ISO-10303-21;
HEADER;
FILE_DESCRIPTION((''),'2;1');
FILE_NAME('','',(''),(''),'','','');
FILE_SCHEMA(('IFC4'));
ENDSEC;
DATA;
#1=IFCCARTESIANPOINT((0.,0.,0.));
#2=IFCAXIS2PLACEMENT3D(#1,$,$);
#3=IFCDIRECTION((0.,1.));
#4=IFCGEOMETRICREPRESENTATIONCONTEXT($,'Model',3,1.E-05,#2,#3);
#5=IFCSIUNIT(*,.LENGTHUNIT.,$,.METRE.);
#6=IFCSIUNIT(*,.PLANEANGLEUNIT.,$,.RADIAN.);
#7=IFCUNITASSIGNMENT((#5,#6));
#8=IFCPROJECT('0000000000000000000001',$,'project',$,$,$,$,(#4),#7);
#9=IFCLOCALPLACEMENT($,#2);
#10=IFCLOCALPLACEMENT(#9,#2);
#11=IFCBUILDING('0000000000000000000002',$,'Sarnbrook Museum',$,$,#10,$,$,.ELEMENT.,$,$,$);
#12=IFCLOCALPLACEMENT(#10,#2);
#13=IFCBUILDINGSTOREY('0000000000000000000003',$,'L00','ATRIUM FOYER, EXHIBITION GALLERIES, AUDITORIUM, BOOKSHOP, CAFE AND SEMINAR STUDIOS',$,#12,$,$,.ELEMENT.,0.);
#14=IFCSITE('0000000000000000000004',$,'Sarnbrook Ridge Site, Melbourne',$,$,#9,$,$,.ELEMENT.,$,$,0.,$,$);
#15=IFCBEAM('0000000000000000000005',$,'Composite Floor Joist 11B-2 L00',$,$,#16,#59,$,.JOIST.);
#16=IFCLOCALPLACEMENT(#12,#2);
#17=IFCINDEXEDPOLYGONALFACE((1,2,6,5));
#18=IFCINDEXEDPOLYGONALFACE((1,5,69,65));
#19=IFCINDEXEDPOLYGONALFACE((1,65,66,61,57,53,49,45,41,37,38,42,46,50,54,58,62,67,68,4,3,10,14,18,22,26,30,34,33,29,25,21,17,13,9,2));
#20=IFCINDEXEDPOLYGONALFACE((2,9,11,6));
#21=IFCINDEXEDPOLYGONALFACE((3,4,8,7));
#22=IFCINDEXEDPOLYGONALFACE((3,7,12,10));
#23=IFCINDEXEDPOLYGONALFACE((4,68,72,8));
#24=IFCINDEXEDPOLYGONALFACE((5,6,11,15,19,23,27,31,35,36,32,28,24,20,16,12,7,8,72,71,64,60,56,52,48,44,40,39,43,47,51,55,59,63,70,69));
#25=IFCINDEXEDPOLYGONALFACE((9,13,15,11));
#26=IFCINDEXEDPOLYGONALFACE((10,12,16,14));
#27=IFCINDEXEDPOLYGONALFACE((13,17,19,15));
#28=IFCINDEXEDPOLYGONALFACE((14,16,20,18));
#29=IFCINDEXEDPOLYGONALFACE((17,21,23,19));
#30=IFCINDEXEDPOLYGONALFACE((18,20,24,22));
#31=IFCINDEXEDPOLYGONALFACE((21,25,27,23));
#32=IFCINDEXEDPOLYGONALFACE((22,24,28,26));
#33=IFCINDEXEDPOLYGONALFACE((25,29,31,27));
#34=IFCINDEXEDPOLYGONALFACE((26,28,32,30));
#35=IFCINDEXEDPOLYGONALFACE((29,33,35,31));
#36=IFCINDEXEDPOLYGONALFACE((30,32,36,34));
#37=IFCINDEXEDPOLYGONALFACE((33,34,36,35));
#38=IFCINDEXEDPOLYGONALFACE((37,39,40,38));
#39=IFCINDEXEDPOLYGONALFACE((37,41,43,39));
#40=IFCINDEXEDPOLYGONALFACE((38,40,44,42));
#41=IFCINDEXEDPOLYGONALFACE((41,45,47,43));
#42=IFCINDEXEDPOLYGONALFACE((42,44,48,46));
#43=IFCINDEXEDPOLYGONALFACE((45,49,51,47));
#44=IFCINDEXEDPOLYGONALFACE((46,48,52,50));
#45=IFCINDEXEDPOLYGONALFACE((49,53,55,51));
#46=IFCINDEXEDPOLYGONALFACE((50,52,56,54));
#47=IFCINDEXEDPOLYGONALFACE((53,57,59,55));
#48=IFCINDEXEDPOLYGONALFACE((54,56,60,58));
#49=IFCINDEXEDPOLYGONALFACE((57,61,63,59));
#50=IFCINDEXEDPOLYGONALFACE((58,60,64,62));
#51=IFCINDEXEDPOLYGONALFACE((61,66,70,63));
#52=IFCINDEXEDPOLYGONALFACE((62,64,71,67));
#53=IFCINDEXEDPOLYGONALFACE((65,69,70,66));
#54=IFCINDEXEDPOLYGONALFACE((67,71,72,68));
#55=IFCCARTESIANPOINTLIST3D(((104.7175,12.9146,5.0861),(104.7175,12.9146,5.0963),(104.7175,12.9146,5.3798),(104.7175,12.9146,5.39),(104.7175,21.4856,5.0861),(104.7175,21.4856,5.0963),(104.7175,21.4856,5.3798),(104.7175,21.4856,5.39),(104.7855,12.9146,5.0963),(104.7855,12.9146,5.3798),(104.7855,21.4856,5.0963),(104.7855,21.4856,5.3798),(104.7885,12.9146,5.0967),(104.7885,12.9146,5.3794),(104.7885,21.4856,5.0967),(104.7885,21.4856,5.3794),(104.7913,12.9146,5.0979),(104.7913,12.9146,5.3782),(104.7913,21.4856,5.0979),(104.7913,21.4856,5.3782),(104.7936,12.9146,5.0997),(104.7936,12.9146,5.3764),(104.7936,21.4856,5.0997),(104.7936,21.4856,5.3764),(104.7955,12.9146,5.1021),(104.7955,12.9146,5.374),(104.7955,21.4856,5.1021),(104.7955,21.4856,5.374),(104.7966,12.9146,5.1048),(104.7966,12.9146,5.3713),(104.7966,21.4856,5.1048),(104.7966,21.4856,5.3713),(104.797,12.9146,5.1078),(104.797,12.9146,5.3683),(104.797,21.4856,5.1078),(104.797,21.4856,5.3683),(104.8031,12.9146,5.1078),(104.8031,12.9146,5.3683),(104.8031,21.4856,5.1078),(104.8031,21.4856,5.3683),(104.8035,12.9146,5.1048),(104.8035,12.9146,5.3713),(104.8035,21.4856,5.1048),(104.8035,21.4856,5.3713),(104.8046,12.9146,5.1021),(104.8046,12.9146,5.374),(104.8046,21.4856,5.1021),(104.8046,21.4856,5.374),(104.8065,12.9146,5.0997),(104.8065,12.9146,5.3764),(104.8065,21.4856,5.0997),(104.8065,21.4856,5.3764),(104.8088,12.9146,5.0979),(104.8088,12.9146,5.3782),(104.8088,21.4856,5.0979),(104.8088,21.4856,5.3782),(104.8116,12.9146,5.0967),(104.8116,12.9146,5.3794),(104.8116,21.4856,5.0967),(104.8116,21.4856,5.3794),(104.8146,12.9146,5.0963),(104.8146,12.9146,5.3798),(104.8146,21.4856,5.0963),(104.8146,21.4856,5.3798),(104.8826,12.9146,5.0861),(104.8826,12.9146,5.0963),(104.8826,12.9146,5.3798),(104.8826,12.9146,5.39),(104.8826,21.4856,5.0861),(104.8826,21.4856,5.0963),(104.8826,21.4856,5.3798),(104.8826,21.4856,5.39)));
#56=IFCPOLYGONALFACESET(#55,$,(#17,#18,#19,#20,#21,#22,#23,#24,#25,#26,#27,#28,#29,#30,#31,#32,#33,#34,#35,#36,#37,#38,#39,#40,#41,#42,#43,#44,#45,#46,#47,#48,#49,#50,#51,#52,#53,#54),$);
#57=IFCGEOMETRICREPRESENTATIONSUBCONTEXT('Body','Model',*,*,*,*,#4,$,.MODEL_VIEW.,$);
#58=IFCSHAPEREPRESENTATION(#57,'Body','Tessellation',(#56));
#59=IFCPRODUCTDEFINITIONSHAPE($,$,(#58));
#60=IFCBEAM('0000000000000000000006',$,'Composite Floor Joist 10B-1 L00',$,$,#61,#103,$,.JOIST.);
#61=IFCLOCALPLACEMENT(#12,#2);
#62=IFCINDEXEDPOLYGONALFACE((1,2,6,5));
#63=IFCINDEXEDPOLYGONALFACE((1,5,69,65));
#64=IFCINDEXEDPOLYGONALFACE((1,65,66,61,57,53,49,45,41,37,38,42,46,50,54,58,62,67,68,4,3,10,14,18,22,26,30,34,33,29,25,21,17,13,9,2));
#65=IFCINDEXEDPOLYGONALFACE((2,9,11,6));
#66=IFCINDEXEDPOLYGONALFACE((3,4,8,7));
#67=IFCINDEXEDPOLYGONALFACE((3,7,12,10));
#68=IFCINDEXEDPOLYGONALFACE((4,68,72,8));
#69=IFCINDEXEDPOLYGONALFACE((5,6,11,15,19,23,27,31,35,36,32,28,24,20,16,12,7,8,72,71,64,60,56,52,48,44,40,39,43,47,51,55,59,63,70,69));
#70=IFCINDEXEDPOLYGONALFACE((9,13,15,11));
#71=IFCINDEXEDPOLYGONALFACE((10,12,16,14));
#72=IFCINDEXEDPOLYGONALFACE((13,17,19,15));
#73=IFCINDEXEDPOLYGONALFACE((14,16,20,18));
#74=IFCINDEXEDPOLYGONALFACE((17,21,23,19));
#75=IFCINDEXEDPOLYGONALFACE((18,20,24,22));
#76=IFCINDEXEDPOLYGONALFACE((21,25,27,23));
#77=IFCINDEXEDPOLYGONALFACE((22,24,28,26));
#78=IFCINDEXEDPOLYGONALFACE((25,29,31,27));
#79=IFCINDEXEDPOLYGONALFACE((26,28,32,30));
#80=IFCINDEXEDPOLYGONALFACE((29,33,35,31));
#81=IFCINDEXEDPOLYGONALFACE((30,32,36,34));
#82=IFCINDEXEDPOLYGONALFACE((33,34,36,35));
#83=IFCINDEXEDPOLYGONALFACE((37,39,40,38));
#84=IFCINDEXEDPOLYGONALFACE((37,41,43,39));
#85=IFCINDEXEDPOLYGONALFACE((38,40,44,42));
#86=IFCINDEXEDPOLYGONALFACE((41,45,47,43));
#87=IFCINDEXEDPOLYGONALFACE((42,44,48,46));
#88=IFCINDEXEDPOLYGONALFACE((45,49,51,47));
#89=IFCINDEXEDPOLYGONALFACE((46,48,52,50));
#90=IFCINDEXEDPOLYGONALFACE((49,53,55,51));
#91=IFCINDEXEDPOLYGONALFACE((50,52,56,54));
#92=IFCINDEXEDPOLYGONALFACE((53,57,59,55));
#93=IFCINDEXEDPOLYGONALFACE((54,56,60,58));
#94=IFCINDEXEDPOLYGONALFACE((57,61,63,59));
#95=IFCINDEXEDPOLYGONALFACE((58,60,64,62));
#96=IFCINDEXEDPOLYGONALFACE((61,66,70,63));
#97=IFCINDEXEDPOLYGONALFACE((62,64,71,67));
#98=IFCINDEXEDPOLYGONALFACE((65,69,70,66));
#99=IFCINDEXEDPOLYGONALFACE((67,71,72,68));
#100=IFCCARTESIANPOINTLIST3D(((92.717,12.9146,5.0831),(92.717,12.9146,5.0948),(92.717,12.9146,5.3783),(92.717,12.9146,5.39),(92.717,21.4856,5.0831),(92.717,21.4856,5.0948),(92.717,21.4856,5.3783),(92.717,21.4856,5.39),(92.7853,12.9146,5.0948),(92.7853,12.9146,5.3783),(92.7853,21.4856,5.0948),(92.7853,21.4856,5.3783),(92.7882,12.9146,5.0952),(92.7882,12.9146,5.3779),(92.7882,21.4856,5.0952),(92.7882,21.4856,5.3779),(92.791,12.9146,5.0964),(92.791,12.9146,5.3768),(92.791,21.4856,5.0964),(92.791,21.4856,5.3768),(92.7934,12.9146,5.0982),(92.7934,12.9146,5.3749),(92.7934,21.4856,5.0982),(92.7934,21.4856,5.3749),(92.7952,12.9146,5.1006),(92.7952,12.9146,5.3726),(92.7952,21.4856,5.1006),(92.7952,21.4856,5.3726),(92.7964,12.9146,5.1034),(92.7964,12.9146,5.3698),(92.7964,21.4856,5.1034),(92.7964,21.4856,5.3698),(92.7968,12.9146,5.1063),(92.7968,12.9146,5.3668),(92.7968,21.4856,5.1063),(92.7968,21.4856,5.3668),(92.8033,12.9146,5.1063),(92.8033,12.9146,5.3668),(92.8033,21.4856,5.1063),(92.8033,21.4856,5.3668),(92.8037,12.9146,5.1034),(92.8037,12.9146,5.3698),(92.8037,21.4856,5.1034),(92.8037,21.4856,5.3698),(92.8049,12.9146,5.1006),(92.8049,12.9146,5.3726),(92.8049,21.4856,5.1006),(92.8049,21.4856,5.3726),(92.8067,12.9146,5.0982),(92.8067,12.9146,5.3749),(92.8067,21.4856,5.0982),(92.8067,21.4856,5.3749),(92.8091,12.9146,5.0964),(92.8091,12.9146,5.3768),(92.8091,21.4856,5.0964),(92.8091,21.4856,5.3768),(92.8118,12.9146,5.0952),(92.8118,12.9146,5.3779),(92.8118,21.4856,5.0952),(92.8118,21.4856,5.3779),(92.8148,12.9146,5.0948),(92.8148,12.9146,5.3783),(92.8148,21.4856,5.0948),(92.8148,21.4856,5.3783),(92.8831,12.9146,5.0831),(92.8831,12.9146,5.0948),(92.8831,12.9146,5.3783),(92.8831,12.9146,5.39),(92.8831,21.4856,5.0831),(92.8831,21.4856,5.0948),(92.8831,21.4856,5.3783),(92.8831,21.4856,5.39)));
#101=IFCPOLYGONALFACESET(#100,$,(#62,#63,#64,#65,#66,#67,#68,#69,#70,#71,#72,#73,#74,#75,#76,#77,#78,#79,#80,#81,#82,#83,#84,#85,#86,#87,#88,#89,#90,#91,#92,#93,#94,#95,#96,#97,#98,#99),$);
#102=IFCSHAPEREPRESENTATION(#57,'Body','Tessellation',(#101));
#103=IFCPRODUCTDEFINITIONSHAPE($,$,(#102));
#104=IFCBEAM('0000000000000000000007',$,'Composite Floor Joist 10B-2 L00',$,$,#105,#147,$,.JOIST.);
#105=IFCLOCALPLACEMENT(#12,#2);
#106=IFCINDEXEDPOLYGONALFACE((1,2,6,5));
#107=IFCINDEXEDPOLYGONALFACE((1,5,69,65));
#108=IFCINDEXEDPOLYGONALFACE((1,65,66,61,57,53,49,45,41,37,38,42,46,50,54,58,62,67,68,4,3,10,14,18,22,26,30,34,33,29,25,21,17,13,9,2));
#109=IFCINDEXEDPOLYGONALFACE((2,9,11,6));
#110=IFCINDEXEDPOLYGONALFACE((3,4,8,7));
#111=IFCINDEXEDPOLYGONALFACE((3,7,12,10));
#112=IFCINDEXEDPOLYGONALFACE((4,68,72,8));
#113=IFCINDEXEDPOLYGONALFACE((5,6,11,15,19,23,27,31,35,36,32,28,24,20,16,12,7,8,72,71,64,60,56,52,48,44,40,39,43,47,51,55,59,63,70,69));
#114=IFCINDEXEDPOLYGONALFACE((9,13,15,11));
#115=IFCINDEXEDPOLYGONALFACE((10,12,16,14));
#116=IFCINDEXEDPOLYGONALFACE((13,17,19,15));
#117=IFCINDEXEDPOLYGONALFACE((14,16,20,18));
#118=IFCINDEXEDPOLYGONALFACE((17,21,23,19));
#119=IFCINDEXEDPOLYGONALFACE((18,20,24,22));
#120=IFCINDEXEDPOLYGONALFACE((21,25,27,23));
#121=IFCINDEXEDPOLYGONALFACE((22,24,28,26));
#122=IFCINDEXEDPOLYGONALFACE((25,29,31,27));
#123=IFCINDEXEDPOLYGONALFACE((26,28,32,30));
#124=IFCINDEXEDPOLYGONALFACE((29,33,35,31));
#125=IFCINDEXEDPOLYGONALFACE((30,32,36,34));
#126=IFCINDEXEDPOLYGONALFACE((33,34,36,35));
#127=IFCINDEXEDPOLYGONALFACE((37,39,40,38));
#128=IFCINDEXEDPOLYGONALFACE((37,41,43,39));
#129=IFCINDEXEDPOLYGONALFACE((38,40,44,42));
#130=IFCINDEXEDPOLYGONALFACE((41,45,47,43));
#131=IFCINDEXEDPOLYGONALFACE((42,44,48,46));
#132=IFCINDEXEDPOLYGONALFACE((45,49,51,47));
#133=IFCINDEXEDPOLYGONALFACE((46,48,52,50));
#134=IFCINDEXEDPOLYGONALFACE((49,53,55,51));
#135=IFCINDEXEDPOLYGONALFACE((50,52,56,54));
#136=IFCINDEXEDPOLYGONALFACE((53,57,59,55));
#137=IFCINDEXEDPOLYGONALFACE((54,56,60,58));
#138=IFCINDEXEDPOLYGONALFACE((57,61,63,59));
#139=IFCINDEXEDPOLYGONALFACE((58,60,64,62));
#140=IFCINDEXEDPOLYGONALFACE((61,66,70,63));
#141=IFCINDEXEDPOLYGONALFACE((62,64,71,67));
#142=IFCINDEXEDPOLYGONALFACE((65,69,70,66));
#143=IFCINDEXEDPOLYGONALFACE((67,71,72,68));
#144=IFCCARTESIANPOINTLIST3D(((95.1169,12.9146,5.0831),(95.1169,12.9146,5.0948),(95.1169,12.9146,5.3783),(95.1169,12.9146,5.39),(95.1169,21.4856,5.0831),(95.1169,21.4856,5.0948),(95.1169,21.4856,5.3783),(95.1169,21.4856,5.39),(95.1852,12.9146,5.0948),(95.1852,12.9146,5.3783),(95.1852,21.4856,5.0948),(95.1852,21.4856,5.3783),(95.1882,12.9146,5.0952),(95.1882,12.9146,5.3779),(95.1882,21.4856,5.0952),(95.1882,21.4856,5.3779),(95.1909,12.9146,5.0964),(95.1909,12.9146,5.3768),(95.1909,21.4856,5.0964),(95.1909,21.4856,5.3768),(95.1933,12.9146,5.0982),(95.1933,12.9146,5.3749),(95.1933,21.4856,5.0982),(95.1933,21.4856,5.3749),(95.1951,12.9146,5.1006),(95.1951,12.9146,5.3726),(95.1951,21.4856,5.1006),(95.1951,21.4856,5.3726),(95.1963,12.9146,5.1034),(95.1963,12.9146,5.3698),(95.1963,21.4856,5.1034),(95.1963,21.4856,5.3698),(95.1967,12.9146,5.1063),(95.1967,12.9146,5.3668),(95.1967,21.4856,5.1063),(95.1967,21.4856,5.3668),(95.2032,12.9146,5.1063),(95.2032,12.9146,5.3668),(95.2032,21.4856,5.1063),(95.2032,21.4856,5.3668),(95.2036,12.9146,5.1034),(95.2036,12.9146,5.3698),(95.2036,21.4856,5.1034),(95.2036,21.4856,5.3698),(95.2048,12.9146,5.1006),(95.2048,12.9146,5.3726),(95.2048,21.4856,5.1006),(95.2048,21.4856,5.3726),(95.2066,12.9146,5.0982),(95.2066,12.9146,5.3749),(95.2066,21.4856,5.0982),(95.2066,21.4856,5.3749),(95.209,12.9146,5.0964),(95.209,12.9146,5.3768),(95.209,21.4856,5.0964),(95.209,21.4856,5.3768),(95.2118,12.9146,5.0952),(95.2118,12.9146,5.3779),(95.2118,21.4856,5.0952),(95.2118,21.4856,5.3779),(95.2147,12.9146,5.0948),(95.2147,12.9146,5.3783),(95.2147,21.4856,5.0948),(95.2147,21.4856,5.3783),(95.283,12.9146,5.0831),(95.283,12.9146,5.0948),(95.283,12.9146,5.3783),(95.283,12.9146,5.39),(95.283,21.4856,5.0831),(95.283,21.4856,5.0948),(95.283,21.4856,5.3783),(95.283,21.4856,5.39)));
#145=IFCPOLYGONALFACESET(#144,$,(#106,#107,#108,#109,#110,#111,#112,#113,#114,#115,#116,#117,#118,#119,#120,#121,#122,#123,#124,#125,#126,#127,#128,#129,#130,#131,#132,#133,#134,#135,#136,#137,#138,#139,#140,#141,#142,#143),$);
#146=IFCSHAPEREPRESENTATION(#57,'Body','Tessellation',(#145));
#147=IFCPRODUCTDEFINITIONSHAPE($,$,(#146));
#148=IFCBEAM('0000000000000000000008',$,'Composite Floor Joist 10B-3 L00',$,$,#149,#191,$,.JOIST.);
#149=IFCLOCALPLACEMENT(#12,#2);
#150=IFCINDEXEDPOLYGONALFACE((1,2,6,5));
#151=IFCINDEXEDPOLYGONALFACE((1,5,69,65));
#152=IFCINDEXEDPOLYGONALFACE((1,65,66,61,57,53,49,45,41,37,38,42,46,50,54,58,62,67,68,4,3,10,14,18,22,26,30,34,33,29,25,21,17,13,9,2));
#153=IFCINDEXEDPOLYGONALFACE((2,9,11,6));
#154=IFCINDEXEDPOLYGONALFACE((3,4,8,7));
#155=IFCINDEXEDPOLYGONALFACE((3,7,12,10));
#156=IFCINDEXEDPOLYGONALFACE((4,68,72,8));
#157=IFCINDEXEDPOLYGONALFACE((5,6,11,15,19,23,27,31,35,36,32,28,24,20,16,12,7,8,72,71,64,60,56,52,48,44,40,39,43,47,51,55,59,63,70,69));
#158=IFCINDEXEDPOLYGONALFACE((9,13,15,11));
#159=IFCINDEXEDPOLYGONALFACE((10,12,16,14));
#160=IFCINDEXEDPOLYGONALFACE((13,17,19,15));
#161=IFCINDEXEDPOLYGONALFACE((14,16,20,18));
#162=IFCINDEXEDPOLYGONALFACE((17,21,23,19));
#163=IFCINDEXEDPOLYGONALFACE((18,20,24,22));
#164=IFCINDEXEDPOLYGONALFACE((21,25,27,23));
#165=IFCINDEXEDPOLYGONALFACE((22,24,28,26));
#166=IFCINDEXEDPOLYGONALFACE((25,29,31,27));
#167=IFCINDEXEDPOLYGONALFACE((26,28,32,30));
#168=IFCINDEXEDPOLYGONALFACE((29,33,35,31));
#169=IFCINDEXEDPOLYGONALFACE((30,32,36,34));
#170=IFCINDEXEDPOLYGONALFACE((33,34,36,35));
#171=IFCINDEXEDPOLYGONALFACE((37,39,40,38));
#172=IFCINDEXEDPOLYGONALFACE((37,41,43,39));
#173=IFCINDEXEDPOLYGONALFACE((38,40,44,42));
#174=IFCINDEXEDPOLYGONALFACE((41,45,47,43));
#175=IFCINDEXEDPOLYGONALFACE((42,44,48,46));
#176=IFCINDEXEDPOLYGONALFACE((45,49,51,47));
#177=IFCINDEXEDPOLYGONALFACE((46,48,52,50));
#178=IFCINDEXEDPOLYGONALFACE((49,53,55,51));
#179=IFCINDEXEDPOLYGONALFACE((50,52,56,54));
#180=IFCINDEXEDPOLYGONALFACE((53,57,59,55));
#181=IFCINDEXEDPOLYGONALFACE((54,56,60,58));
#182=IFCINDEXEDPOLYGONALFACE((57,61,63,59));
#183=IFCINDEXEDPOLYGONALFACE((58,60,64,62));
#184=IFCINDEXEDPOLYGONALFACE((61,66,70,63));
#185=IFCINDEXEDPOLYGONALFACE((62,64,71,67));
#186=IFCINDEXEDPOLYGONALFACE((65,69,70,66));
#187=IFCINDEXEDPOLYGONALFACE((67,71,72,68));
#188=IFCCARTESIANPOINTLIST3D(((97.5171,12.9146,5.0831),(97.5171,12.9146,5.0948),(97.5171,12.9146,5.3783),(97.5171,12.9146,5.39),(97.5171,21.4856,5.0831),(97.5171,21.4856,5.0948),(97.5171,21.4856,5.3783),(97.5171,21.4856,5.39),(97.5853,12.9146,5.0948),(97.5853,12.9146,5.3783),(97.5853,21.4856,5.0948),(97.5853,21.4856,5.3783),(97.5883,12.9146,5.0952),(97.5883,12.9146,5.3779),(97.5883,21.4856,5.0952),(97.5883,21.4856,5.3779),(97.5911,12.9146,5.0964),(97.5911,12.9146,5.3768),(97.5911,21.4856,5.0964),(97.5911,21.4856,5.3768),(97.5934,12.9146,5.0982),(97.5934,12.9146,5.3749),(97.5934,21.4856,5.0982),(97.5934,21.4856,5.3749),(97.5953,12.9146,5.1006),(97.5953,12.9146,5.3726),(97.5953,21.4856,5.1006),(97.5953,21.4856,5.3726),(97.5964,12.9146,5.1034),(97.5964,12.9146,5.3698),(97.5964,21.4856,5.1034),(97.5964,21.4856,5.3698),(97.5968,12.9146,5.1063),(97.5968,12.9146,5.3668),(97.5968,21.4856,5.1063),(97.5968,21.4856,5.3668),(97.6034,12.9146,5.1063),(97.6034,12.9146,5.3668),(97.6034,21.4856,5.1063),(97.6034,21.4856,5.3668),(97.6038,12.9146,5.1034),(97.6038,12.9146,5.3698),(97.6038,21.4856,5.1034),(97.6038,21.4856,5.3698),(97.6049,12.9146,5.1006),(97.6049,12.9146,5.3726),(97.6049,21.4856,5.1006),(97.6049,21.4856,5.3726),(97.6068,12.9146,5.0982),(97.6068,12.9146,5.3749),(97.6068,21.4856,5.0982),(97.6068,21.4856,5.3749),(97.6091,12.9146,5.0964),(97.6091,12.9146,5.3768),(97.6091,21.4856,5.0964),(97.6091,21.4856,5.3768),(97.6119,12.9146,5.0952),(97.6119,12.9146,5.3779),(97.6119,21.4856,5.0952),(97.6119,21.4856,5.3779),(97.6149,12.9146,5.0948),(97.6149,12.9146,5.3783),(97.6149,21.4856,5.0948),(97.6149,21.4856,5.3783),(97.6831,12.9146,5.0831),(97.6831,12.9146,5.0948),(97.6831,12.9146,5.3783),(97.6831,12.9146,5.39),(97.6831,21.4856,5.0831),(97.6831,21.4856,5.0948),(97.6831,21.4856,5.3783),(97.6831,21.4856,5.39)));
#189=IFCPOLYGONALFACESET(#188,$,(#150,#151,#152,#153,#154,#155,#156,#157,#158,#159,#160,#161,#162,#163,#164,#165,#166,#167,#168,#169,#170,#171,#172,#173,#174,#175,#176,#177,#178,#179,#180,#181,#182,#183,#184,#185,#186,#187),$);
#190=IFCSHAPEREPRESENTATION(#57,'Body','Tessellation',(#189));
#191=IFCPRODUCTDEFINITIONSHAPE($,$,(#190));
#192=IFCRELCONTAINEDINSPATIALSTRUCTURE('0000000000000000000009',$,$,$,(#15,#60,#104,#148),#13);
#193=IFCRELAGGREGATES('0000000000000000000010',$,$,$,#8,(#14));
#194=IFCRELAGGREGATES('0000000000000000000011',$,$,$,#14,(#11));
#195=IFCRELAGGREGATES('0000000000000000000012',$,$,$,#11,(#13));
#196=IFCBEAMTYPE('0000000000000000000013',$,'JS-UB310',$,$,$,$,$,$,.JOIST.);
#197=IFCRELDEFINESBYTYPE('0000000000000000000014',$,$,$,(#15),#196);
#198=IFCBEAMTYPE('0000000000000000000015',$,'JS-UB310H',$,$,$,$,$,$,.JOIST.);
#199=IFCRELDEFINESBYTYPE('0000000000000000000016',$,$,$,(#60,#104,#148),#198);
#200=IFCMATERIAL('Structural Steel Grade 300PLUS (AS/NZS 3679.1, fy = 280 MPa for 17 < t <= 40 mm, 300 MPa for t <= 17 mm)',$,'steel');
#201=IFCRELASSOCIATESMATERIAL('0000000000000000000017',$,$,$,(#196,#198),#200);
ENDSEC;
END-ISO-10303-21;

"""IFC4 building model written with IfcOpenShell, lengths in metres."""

from ifc_helpers import new_model, si_unit, direction, frame, origin, origin_2d, place, context, subcontext, project, spatial, i_section, extrude, material, material_profile, profile_set, type_object, element, save


model = new_model("IFC4")

# Units and contexts
model_context = context("Model", 3, precision=1e-05, world=origin(), true_north=direction((0.0, 1.0)))
body_context = subcontext(model_context, "Body", "Model", "MODEL_VIEW")
ifc_project = project(units=[si_unit("LENGTHUNIT", "METRE"), si_unit("PLANEANGLEUNIT", "RADIAN")], contexts=[model_context])

# Site, building, storey
site_placement = place(None, origin())
site = spatial("IfcSite", under=ifc_project, at=site_placement, Name="Sarnbrook Ridge Site, Melbourne", CompositionType="ELEMENT", RefElevation=0.0)
building_placement = place(site_placement, origin())
building = spatial("IfcBuilding", under=site, at=building_placement, Name="Sarnbrook Museum", CompositionType="ELEMENT")
storey_placement = place(building_placement, origin())
storey = spatial("IfcBuildingStorey", under=building, at=storey_placement, Name="L00", Description="ATRIUM FOYER, EXHIBITION GALLERIES, AUDITORIUM, BOOKSHOP, CAFE AND SEMINAR STUDIOS", CompositionType="ELEMENT", Elevation=0.0)

# Shared definitions
ifc_material_1 = material(Name="Structural Steel Grade 300PLUS (AS/NZS 3679.1, fy = 280 MPa for 17 < t <= 40 mm, 300 MPa for t <= 17 mm)", Category="steel")

# Beams
ifc_material_profile_1 = material_profile(ifc_material_1, i_section(OverallWidth=0.165, OverallDepth=0.304, WebThickness=0.0061, FlangeThickness=0.0103, FilletRadius=0.0115, at=origin_2d()), Name="310UB40.4")
ifc_profile_set_1 = profile_set([ifc_material_profile_1], Name="Structural Steel Grade 300PLUS (AS/NZS 3679.1, fy = 280 MPa for 17 < t <= 40 mm, 300 MPa for t <= 17 mm)")
beam_type_1 = type_object("IfcBeamType", Name="JS-UB310", PredefinedType="JOIST", material=ifc_profile_set_1)
for number, where, z_axis, x_axis, name in (
    (1, (104.8, 12.9146, 5.238), (0.0, 1.0, 0.0), (-1.0, 0.0, 0.0), "Composite Floor Joist 11B-2 L00"),
):
    element("IfcBeam", number, at=place(storey_placement, frame(where, z_axis=z_axis, x_axis=x_axis)), inside=storey, type_object=beam_type_1, Name=name, PredefinedType="JOIST", context=body_context, shape_type="SweptSolid", body=[
        extrude(i_section(OverallWidth=0.165, OverallDepth=0.304, WebThickness=0.0061, FlangeThickness=0.0103, FilletRadius=0.0115, at=origin_2d()), origin(), (0.0, 0.0, 1.0), 8.571),
    ])
ifc_material_profile_2 = material_profile(ifc_material_1, i_section(OverallWidth=0.166, OverallDepth=0.3069, WebThickness=0.0066, FlangeThickness=0.0117, FilletRadius=0.0115, at=origin_2d()), Name="310UB46.2")
ifc_profile_set_2 = profile_set([ifc_material_profile_2], Name="Structural Steel Grade 300PLUS (AS/NZS 3679.1, fy = 280 MPa for 17 < t <= 40 mm, 300 MPa for t <= 17 mm)")
beam_type_2 = type_object("IfcBeamType", Name="JS-UB310H", PredefinedType="JOIST", material=ifc_profile_set_2)
for number, where, z_axis, x_axis, name in (
    (2, (92.8, 12.9146, 5.2366), (0.0, 1.0, 0.0), (-1.0, 0.0, 0.0), "Composite Floor Joist 10B-1 L00"),
    (3, (95.2, 12.9146, 5.2366), (0.0, 1.0, 0.0), (-1.0, 0.0, 0.0), "Composite Floor Joist 10B-2 L00"),
    (4, (97.6001, 12.9146, 5.2366), (0.0, 1.0, 0.0), (-1.0, 0.0, 0.0), "Composite Floor Joist 10B-3 L00"),
):
    element("IfcBeam", number, at=place(storey_placement, frame(where, z_axis=z_axis, x_axis=x_axis)), inside=storey, type_object=beam_type_2, Name=name, PredefinedType="JOIST", context=body_context, shape_type="SweptSolid", body=[
        extrude(i_section(OverallWidth=0.166, OverallDepth=0.3069, WebThickness=0.0066, FlangeThickness=0.0117, FilletRadius=0.0115, at=origin_2d()), origin(), (0.0, 0.0, 1.0), 8.571),
    ])

save(model, "model.ifc")
